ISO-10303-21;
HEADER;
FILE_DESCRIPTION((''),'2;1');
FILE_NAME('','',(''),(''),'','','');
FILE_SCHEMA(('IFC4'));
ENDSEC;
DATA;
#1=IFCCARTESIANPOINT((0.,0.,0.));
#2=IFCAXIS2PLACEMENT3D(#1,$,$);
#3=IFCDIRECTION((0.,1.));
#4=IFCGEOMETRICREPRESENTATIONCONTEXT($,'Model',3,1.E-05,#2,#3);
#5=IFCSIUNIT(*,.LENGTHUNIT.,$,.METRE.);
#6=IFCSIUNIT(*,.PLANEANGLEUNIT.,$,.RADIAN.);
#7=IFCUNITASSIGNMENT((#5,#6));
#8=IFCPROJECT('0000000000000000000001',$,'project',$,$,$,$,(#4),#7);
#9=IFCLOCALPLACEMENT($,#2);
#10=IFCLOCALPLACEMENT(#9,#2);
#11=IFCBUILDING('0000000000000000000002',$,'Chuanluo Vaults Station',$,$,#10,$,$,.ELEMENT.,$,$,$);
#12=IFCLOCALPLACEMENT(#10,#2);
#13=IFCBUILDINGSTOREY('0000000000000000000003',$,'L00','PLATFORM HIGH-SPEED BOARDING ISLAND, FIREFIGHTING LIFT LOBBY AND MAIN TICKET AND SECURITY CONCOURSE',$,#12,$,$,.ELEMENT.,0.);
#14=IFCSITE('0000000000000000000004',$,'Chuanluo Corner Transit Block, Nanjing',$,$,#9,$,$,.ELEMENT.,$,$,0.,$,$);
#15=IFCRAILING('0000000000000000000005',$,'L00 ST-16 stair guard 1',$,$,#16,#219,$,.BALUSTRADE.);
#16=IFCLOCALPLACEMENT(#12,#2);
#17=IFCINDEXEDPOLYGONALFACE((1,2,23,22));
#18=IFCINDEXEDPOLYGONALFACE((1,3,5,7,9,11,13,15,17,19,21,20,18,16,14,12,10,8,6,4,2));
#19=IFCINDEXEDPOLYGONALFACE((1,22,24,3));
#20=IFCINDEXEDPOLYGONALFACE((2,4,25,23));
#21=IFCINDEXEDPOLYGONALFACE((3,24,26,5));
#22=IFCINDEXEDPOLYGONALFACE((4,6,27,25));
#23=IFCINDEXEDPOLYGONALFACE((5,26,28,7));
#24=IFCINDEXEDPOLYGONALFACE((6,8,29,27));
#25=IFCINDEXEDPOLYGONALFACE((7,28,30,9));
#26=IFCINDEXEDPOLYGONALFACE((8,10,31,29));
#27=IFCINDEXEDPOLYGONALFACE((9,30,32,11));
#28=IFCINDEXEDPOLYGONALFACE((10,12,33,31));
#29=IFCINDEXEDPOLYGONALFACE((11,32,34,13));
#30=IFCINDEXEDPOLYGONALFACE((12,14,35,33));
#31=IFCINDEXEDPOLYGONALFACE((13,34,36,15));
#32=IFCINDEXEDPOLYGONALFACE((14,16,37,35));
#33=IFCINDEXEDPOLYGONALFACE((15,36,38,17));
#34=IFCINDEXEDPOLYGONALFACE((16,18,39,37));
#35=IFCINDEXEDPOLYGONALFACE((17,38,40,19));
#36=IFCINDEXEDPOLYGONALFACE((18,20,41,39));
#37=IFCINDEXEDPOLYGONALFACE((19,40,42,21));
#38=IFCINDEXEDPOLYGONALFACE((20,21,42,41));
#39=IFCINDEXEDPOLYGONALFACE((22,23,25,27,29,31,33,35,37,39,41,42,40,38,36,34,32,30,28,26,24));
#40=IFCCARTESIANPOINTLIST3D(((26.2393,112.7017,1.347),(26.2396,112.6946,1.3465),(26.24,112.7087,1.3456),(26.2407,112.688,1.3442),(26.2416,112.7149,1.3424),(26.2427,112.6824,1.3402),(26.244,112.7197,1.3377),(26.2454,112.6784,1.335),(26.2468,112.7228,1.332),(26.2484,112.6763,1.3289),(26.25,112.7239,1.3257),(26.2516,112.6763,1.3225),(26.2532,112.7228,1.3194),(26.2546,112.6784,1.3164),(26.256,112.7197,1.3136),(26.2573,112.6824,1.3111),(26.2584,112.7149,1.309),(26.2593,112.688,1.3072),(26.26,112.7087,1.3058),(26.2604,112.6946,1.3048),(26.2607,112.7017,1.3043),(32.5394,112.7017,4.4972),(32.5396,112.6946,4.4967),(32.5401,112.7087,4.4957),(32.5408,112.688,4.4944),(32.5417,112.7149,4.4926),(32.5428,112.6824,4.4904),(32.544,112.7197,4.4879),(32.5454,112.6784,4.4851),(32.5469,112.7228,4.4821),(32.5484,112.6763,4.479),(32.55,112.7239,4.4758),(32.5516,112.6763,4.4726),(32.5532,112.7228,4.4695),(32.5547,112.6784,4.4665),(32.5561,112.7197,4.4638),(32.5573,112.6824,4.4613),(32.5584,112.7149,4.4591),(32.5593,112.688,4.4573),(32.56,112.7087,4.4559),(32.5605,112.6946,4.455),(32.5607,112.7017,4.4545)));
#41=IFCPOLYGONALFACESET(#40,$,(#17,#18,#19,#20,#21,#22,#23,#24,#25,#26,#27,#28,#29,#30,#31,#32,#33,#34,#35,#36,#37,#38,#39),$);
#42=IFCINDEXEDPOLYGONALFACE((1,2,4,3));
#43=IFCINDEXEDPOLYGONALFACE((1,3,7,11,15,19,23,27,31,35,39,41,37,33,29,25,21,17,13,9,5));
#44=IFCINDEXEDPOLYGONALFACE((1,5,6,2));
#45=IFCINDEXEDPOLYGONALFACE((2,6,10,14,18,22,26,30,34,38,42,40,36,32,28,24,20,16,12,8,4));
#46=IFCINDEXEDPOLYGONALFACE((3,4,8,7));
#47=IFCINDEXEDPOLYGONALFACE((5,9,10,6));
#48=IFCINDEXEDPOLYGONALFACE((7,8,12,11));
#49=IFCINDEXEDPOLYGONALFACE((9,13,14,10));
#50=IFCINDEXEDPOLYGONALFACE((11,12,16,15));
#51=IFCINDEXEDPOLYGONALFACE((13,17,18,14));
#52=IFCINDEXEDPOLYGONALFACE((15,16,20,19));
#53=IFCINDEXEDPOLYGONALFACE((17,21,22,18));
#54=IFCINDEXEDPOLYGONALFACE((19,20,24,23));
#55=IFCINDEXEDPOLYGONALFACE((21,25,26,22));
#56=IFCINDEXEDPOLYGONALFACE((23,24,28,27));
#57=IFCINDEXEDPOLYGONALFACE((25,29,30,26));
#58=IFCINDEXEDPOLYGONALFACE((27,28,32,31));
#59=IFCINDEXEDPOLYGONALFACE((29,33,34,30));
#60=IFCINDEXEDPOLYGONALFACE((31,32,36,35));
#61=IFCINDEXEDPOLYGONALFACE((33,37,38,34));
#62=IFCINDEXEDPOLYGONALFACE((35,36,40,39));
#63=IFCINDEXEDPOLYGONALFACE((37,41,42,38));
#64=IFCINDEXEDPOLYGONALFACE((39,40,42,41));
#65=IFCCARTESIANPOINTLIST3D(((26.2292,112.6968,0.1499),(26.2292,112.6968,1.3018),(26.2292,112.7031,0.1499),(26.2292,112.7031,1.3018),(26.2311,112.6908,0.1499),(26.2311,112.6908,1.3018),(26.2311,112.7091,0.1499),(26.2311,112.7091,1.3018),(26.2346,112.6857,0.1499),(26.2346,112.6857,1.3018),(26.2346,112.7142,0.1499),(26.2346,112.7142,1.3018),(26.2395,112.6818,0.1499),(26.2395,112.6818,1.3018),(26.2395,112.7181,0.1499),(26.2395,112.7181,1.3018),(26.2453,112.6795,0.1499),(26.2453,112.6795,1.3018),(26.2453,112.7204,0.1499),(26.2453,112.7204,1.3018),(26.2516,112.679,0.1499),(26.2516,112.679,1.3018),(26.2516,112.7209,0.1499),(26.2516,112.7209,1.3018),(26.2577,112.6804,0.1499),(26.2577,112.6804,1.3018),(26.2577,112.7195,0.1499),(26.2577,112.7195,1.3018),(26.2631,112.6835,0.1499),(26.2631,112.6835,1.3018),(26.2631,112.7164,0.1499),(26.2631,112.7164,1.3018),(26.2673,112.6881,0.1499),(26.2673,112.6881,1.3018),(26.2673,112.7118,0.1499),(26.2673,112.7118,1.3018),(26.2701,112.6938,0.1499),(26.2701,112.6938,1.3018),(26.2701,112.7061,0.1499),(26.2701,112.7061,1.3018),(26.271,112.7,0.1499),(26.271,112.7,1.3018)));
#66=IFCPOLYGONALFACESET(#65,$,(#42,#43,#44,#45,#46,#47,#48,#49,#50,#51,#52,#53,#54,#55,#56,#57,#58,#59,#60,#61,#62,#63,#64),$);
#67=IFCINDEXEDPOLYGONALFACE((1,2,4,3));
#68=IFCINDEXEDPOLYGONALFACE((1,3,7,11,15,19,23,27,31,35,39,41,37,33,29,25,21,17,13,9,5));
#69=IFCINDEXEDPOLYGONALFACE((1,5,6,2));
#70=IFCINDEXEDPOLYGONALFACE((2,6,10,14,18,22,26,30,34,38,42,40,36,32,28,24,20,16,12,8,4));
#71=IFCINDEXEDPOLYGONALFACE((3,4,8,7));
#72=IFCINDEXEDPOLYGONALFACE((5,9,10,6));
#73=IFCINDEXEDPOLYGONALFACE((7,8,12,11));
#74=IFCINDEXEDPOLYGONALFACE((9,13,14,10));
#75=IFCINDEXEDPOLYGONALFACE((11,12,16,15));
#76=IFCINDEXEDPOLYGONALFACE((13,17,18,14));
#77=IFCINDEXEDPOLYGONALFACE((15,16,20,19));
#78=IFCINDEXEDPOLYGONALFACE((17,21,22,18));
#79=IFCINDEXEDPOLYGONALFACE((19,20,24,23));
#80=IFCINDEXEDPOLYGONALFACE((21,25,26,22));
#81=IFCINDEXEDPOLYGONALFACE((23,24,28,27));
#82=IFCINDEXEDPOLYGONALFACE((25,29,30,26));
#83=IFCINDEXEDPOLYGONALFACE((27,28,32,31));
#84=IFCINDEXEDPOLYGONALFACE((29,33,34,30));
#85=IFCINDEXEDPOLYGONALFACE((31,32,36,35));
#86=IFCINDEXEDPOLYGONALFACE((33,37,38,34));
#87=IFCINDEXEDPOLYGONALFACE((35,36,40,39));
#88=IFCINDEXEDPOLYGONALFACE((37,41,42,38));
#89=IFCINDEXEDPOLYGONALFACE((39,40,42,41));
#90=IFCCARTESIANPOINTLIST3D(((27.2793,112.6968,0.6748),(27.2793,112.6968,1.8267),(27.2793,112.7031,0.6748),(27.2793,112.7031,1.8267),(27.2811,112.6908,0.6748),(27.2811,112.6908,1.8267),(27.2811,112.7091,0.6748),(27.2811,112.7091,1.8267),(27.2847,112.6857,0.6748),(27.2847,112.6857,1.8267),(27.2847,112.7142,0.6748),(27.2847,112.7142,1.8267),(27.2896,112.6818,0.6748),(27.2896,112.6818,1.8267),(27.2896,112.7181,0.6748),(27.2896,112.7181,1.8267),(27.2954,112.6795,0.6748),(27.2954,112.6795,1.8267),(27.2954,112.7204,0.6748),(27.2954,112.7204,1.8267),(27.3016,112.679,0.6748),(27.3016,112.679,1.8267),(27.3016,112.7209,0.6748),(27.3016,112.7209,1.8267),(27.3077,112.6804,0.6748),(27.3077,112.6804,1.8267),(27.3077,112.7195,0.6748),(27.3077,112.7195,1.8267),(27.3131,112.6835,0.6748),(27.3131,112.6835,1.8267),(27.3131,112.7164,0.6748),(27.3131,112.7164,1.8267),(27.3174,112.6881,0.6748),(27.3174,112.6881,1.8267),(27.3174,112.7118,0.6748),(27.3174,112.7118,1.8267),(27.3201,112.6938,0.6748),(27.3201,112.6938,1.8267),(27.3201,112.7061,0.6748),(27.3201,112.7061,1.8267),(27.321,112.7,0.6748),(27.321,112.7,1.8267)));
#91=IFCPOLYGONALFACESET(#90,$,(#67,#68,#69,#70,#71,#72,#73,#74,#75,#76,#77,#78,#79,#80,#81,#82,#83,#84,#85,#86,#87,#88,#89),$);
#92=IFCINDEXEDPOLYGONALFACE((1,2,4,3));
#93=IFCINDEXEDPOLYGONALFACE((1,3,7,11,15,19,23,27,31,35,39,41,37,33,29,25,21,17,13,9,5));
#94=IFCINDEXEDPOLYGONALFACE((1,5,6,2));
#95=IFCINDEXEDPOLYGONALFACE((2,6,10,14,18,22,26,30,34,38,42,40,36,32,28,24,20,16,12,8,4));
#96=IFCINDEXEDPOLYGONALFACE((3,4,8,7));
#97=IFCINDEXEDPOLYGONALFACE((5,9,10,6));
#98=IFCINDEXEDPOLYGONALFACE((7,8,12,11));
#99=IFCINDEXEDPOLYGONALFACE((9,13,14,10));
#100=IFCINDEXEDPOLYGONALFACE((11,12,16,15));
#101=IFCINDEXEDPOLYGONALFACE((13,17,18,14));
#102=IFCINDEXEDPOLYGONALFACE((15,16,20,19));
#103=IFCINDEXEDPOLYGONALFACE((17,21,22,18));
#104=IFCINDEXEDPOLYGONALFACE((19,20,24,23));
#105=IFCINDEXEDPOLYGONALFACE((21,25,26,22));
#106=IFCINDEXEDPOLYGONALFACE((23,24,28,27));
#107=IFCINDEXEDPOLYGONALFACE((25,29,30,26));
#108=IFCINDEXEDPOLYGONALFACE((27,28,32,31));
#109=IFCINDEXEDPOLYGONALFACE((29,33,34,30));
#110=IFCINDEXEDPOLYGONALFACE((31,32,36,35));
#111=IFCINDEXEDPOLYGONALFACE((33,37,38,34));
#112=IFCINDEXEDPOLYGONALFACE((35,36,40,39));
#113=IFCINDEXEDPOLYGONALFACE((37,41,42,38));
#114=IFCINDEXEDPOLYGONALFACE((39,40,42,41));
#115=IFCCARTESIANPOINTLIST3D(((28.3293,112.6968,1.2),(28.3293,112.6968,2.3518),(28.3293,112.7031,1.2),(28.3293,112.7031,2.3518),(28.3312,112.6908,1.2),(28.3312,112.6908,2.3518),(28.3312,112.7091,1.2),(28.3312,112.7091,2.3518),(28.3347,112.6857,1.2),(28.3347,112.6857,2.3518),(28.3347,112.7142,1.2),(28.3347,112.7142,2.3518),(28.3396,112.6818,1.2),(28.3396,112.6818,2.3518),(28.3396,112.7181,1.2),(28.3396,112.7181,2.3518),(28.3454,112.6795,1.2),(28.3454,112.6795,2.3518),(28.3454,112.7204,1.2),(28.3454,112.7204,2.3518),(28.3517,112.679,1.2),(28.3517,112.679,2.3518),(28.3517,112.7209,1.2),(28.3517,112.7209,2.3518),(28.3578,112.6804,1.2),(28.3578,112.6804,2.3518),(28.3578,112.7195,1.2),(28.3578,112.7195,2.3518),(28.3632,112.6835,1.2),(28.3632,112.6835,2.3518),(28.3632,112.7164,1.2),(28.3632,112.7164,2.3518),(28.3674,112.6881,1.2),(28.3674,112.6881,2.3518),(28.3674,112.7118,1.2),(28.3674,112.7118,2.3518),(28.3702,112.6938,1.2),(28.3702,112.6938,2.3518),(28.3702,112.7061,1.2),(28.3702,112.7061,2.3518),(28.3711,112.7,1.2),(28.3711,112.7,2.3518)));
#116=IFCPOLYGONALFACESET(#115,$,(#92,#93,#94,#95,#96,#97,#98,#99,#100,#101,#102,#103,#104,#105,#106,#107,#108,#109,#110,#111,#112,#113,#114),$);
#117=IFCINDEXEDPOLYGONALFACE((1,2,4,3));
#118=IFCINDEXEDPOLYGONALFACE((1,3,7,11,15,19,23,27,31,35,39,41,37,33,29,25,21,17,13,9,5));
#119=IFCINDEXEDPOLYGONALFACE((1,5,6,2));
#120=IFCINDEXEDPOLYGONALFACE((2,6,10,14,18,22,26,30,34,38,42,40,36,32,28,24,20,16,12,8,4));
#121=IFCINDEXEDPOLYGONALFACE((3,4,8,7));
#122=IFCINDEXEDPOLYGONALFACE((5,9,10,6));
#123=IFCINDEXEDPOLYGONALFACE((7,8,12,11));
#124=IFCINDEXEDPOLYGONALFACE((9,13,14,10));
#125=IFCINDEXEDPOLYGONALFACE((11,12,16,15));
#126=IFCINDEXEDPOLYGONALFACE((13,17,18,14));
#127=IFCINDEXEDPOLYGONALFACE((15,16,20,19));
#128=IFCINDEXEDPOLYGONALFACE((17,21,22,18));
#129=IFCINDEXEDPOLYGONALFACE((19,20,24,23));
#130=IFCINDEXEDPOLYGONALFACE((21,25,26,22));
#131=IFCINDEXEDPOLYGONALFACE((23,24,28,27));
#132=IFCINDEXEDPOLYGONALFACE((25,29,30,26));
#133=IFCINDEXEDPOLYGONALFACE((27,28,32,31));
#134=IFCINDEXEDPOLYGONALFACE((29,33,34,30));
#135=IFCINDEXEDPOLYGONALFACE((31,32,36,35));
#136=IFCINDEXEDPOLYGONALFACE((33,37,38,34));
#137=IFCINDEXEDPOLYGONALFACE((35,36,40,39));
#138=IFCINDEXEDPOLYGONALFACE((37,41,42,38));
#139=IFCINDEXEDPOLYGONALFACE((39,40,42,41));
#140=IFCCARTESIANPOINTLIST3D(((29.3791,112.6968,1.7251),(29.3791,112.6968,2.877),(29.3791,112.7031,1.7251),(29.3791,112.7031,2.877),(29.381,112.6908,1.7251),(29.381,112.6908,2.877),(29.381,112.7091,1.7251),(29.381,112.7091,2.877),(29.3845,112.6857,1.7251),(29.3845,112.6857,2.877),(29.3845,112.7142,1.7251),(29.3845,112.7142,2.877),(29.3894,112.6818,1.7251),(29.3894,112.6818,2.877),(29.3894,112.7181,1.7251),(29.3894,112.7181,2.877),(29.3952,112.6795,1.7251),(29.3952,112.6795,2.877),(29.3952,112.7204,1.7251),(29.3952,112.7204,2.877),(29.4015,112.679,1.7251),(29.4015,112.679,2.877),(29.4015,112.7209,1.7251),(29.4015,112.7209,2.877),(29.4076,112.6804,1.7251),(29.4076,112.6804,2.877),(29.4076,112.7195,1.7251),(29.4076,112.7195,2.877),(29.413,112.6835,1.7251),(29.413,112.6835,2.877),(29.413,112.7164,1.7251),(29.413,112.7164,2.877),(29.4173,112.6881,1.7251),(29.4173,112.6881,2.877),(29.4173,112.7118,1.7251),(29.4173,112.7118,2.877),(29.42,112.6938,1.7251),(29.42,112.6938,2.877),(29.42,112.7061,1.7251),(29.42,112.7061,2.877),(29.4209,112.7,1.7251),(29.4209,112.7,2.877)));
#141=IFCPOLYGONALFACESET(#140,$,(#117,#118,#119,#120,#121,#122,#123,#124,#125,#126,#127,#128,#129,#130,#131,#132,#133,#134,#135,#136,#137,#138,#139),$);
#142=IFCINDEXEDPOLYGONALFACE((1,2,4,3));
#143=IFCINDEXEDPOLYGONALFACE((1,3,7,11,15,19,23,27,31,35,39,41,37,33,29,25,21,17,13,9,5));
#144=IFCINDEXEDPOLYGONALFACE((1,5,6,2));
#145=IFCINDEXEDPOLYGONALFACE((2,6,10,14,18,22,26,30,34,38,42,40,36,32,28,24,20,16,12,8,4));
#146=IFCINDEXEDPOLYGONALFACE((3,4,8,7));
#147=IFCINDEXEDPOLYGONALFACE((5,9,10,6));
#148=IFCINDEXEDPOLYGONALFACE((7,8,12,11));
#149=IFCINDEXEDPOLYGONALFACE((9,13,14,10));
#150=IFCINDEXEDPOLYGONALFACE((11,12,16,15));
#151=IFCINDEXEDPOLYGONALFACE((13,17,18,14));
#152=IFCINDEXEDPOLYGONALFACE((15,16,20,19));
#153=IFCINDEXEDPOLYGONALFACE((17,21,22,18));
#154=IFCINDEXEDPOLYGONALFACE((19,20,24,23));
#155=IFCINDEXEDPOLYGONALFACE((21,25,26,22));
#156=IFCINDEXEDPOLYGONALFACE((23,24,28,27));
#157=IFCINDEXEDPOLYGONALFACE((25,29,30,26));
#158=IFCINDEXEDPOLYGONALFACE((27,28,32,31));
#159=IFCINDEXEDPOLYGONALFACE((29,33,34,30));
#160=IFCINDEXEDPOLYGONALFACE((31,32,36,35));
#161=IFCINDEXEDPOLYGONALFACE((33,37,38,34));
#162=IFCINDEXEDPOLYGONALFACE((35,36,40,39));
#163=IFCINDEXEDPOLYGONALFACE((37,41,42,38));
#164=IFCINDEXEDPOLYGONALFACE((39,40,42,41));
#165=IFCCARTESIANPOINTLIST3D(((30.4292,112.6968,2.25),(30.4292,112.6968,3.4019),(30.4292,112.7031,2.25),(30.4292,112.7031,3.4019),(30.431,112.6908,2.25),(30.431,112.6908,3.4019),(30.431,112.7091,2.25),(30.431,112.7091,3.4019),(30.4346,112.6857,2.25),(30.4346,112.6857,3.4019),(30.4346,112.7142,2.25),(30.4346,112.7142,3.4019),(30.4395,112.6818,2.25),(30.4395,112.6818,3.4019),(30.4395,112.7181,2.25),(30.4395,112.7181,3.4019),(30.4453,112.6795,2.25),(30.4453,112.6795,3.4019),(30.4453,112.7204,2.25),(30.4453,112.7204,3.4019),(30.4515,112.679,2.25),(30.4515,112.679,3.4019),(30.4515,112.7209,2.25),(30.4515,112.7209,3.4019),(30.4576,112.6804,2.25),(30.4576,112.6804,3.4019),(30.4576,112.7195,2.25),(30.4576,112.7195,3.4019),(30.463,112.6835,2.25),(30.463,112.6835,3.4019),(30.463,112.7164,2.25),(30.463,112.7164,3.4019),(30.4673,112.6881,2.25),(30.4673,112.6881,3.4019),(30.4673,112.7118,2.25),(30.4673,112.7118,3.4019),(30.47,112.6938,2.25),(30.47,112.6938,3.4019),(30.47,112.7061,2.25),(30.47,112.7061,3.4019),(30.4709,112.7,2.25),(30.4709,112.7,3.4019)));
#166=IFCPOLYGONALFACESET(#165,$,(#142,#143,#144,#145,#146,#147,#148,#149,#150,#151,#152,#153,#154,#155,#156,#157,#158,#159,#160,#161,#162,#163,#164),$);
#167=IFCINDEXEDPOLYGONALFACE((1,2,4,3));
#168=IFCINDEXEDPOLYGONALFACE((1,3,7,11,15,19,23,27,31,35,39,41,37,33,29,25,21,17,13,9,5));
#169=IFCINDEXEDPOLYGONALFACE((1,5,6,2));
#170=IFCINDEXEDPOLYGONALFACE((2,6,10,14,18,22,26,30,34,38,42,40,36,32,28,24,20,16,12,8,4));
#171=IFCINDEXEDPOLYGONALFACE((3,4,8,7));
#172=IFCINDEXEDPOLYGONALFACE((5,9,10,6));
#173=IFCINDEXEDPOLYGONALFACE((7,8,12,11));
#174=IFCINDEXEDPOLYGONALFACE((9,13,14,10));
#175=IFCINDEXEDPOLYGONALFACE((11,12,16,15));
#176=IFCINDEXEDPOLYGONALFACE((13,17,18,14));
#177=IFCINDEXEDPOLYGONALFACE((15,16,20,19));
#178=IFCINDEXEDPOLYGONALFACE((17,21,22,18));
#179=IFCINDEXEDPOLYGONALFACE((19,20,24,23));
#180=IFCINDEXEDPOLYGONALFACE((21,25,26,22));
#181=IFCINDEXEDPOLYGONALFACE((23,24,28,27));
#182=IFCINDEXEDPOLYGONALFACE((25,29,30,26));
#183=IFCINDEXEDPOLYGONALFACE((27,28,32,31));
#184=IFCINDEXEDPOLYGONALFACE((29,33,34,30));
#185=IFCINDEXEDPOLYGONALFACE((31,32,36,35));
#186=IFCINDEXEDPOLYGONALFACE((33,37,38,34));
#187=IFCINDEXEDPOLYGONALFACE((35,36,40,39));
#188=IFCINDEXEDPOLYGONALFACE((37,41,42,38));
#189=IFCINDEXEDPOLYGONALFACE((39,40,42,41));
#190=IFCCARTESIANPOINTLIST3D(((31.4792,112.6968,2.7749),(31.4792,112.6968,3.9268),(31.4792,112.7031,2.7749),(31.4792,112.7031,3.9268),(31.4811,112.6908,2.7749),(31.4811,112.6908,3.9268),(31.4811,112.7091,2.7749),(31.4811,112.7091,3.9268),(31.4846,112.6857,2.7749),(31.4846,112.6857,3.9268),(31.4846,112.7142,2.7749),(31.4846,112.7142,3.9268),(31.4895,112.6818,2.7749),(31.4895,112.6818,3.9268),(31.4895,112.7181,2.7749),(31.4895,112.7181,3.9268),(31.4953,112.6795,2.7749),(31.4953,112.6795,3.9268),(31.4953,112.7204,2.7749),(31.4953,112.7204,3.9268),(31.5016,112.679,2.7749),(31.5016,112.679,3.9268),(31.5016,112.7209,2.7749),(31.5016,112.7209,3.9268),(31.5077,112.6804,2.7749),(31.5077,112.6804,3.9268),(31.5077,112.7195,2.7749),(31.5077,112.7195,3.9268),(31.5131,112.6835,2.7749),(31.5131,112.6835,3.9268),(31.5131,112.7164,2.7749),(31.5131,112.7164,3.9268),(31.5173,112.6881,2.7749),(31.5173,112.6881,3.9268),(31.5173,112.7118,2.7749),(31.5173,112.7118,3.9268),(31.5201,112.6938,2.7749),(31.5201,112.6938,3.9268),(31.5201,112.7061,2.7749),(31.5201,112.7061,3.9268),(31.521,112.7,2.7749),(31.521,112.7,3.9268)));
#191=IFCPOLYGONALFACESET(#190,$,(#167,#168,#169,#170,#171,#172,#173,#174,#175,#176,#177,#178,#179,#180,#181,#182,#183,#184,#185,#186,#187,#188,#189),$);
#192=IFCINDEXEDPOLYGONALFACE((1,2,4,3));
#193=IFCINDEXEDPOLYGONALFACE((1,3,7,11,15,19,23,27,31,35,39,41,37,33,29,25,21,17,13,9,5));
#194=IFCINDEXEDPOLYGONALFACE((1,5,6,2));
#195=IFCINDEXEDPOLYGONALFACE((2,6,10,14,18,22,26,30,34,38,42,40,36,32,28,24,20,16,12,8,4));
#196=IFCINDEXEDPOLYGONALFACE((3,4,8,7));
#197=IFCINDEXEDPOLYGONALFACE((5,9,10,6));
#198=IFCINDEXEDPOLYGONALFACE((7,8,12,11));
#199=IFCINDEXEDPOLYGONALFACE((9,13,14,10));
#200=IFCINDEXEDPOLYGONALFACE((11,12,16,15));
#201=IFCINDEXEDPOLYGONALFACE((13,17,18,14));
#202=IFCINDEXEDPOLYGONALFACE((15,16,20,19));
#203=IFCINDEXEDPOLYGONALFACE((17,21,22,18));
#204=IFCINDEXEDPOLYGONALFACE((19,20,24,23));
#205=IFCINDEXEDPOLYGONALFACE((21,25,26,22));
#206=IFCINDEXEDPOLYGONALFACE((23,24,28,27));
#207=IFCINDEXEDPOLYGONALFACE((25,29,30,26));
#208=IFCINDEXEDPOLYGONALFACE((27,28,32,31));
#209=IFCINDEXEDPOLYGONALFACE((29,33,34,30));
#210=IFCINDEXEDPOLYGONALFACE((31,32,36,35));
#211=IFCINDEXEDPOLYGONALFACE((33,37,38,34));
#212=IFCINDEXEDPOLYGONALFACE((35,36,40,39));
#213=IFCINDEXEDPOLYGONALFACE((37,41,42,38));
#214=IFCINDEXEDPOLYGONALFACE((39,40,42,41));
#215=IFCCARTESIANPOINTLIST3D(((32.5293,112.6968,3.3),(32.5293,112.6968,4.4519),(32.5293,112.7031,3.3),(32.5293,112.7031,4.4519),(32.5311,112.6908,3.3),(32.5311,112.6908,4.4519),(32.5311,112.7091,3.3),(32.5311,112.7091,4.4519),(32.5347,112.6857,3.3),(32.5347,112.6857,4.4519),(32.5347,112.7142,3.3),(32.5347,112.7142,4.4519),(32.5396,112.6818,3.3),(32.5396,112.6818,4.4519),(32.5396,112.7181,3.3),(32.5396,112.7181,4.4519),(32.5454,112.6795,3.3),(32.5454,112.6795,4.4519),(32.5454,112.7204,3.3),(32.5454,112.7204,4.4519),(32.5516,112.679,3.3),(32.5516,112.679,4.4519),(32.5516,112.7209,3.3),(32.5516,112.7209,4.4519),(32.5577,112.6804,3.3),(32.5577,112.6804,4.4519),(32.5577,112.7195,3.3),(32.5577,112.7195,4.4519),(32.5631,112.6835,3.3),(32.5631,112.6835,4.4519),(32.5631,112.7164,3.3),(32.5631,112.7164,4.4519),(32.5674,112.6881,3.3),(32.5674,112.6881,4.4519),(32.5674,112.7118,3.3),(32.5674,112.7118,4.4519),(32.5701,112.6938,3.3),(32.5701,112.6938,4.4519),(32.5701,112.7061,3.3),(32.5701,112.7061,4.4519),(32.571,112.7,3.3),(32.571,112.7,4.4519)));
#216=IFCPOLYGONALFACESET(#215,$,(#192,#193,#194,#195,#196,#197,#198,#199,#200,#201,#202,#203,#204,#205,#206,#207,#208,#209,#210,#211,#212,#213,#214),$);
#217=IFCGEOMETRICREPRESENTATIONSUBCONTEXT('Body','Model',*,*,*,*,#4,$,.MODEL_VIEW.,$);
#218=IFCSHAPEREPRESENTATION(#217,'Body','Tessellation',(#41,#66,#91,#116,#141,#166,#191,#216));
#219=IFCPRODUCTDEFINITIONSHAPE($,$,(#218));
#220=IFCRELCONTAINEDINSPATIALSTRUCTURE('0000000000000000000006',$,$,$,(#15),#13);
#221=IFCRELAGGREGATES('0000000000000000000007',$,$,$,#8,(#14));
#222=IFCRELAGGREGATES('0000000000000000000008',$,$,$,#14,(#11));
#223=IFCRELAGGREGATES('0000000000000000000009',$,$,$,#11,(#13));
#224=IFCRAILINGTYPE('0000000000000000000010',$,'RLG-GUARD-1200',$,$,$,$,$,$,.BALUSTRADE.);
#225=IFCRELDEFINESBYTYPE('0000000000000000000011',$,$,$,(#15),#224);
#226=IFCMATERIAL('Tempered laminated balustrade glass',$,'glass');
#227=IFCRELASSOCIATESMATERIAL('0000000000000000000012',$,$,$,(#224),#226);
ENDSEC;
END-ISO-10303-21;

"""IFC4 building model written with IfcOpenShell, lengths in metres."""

from ifc_helpers import new_model, si_unit, direction, frame, origin, origin_2d, place, context, subcontext, project, spatial, circle, extrude, material, type_object, element, save


model = new_model("IFC4")

# Units and contexts
model_context = context("Model", 3, precision=1e-05, world=origin(), true_north=direction((0.0, 1.0)))
body_context = subcontext(model_context, "Body", "Model", "MODEL_VIEW")
ifc_project = project(units=[si_unit("LENGTHUNIT", "METRE"), si_unit("PLANEANGLEUNIT", "RADIAN")], contexts=[model_context])

# Site, building, storey
site_placement = place(None, origin())
site = spatial("IfcSite", under=ifc_project, at=site_placement, Name="Chuanluo Corner Transit Block, Nanjing", CompositionType="ELEMENT", RefElevation=0.0)
building_placement = place(site_placement, origin())
building = spatial("IfcBuilding", under=site, at=building_placement, Name="Chuanluo Vaults Station", CompositionType="ELEMENT")
storey_placement = place(building_placement, origin())
storey = spatial("IfcBuildingStorey", under=building, at=storey_placement, Name="L00", Description="PLATFORM HIGH-SPEED BOARDING ISLAND, FIREFIGHTING LIFT LOBBY AND MAIN TICKET AND SECURITY CONCOURSE", CompositionType="ELEMENT", Elevation=0.0)

# Railing
ifc_material_1 = material(Name="Tempered laminated balustrade glass", Category="glass")
railing_type_1 = type_object("IfcRailingType", Name="RLG-GUARD-1200", PredefinedType="BALUSTRADE", material=ifc_material_1)
railing_1_placement = place(storey_placement, frame((26.25, 112.7, 0.1499)))
element("IfcRailing", 1, at=railing_1_placement, inside=storey, type_object=railing_type_1, Name="L00 ST-16 stair guard 1", PredefinedType="BALUSTRADE", context=body_context, shape_type="SweptSolid", body=[
    extrude(circle(Radius=0.0239, at=origin_2d()), frame((0.0, 0.0, 1.1758), z_axis=(0.89442, 0.0, 0.447227), x_axis=(0.0, 1.0, 0.0)), (0.0, 0.0, 1.0), 7.0437),
    extrude(circle(Radius=0.021, at=origin_2d()), origin(), (0.0, 0.0, 1.0), 1.1519),
    extrude(circle(Radius=0.021, at=origin_2d()), frame((1.05, 0.0, 0.5249)), (0.0, 0.0, 1.0), 1.1519),
    extrude(circle(Radius=0.021, at=origin_2d()), frame((2.1001, 0.0, 1.05)), (0.0, 0.0, 1.0), 1.1519),
    extrude(circle(Radius=0.021, at=origin_2d()), frame((3.1499, 0.0, 1.5752)), (0.0, 0.0, 1.0), 1.1519),
    extrude(circle(Radius=0.021, at=origin_2d()), frame((4.2, 0.0, 2.1001)), (0.0, 0.0, 1.0), 1.1519),
    extrude(circle(Radius=0.021, at=origin_2d()), frame((5.25, 0.0, 2.625)), (0.0, 0.0, 1.0), 1.1519),
    extrude(circle(Radius=0.021, at=origin_2d()), frame((6.3, 0.0, 3.1501)), (0.0, 0.0, 1.0), 1.1519),
])

save(model, "model.ifc")
